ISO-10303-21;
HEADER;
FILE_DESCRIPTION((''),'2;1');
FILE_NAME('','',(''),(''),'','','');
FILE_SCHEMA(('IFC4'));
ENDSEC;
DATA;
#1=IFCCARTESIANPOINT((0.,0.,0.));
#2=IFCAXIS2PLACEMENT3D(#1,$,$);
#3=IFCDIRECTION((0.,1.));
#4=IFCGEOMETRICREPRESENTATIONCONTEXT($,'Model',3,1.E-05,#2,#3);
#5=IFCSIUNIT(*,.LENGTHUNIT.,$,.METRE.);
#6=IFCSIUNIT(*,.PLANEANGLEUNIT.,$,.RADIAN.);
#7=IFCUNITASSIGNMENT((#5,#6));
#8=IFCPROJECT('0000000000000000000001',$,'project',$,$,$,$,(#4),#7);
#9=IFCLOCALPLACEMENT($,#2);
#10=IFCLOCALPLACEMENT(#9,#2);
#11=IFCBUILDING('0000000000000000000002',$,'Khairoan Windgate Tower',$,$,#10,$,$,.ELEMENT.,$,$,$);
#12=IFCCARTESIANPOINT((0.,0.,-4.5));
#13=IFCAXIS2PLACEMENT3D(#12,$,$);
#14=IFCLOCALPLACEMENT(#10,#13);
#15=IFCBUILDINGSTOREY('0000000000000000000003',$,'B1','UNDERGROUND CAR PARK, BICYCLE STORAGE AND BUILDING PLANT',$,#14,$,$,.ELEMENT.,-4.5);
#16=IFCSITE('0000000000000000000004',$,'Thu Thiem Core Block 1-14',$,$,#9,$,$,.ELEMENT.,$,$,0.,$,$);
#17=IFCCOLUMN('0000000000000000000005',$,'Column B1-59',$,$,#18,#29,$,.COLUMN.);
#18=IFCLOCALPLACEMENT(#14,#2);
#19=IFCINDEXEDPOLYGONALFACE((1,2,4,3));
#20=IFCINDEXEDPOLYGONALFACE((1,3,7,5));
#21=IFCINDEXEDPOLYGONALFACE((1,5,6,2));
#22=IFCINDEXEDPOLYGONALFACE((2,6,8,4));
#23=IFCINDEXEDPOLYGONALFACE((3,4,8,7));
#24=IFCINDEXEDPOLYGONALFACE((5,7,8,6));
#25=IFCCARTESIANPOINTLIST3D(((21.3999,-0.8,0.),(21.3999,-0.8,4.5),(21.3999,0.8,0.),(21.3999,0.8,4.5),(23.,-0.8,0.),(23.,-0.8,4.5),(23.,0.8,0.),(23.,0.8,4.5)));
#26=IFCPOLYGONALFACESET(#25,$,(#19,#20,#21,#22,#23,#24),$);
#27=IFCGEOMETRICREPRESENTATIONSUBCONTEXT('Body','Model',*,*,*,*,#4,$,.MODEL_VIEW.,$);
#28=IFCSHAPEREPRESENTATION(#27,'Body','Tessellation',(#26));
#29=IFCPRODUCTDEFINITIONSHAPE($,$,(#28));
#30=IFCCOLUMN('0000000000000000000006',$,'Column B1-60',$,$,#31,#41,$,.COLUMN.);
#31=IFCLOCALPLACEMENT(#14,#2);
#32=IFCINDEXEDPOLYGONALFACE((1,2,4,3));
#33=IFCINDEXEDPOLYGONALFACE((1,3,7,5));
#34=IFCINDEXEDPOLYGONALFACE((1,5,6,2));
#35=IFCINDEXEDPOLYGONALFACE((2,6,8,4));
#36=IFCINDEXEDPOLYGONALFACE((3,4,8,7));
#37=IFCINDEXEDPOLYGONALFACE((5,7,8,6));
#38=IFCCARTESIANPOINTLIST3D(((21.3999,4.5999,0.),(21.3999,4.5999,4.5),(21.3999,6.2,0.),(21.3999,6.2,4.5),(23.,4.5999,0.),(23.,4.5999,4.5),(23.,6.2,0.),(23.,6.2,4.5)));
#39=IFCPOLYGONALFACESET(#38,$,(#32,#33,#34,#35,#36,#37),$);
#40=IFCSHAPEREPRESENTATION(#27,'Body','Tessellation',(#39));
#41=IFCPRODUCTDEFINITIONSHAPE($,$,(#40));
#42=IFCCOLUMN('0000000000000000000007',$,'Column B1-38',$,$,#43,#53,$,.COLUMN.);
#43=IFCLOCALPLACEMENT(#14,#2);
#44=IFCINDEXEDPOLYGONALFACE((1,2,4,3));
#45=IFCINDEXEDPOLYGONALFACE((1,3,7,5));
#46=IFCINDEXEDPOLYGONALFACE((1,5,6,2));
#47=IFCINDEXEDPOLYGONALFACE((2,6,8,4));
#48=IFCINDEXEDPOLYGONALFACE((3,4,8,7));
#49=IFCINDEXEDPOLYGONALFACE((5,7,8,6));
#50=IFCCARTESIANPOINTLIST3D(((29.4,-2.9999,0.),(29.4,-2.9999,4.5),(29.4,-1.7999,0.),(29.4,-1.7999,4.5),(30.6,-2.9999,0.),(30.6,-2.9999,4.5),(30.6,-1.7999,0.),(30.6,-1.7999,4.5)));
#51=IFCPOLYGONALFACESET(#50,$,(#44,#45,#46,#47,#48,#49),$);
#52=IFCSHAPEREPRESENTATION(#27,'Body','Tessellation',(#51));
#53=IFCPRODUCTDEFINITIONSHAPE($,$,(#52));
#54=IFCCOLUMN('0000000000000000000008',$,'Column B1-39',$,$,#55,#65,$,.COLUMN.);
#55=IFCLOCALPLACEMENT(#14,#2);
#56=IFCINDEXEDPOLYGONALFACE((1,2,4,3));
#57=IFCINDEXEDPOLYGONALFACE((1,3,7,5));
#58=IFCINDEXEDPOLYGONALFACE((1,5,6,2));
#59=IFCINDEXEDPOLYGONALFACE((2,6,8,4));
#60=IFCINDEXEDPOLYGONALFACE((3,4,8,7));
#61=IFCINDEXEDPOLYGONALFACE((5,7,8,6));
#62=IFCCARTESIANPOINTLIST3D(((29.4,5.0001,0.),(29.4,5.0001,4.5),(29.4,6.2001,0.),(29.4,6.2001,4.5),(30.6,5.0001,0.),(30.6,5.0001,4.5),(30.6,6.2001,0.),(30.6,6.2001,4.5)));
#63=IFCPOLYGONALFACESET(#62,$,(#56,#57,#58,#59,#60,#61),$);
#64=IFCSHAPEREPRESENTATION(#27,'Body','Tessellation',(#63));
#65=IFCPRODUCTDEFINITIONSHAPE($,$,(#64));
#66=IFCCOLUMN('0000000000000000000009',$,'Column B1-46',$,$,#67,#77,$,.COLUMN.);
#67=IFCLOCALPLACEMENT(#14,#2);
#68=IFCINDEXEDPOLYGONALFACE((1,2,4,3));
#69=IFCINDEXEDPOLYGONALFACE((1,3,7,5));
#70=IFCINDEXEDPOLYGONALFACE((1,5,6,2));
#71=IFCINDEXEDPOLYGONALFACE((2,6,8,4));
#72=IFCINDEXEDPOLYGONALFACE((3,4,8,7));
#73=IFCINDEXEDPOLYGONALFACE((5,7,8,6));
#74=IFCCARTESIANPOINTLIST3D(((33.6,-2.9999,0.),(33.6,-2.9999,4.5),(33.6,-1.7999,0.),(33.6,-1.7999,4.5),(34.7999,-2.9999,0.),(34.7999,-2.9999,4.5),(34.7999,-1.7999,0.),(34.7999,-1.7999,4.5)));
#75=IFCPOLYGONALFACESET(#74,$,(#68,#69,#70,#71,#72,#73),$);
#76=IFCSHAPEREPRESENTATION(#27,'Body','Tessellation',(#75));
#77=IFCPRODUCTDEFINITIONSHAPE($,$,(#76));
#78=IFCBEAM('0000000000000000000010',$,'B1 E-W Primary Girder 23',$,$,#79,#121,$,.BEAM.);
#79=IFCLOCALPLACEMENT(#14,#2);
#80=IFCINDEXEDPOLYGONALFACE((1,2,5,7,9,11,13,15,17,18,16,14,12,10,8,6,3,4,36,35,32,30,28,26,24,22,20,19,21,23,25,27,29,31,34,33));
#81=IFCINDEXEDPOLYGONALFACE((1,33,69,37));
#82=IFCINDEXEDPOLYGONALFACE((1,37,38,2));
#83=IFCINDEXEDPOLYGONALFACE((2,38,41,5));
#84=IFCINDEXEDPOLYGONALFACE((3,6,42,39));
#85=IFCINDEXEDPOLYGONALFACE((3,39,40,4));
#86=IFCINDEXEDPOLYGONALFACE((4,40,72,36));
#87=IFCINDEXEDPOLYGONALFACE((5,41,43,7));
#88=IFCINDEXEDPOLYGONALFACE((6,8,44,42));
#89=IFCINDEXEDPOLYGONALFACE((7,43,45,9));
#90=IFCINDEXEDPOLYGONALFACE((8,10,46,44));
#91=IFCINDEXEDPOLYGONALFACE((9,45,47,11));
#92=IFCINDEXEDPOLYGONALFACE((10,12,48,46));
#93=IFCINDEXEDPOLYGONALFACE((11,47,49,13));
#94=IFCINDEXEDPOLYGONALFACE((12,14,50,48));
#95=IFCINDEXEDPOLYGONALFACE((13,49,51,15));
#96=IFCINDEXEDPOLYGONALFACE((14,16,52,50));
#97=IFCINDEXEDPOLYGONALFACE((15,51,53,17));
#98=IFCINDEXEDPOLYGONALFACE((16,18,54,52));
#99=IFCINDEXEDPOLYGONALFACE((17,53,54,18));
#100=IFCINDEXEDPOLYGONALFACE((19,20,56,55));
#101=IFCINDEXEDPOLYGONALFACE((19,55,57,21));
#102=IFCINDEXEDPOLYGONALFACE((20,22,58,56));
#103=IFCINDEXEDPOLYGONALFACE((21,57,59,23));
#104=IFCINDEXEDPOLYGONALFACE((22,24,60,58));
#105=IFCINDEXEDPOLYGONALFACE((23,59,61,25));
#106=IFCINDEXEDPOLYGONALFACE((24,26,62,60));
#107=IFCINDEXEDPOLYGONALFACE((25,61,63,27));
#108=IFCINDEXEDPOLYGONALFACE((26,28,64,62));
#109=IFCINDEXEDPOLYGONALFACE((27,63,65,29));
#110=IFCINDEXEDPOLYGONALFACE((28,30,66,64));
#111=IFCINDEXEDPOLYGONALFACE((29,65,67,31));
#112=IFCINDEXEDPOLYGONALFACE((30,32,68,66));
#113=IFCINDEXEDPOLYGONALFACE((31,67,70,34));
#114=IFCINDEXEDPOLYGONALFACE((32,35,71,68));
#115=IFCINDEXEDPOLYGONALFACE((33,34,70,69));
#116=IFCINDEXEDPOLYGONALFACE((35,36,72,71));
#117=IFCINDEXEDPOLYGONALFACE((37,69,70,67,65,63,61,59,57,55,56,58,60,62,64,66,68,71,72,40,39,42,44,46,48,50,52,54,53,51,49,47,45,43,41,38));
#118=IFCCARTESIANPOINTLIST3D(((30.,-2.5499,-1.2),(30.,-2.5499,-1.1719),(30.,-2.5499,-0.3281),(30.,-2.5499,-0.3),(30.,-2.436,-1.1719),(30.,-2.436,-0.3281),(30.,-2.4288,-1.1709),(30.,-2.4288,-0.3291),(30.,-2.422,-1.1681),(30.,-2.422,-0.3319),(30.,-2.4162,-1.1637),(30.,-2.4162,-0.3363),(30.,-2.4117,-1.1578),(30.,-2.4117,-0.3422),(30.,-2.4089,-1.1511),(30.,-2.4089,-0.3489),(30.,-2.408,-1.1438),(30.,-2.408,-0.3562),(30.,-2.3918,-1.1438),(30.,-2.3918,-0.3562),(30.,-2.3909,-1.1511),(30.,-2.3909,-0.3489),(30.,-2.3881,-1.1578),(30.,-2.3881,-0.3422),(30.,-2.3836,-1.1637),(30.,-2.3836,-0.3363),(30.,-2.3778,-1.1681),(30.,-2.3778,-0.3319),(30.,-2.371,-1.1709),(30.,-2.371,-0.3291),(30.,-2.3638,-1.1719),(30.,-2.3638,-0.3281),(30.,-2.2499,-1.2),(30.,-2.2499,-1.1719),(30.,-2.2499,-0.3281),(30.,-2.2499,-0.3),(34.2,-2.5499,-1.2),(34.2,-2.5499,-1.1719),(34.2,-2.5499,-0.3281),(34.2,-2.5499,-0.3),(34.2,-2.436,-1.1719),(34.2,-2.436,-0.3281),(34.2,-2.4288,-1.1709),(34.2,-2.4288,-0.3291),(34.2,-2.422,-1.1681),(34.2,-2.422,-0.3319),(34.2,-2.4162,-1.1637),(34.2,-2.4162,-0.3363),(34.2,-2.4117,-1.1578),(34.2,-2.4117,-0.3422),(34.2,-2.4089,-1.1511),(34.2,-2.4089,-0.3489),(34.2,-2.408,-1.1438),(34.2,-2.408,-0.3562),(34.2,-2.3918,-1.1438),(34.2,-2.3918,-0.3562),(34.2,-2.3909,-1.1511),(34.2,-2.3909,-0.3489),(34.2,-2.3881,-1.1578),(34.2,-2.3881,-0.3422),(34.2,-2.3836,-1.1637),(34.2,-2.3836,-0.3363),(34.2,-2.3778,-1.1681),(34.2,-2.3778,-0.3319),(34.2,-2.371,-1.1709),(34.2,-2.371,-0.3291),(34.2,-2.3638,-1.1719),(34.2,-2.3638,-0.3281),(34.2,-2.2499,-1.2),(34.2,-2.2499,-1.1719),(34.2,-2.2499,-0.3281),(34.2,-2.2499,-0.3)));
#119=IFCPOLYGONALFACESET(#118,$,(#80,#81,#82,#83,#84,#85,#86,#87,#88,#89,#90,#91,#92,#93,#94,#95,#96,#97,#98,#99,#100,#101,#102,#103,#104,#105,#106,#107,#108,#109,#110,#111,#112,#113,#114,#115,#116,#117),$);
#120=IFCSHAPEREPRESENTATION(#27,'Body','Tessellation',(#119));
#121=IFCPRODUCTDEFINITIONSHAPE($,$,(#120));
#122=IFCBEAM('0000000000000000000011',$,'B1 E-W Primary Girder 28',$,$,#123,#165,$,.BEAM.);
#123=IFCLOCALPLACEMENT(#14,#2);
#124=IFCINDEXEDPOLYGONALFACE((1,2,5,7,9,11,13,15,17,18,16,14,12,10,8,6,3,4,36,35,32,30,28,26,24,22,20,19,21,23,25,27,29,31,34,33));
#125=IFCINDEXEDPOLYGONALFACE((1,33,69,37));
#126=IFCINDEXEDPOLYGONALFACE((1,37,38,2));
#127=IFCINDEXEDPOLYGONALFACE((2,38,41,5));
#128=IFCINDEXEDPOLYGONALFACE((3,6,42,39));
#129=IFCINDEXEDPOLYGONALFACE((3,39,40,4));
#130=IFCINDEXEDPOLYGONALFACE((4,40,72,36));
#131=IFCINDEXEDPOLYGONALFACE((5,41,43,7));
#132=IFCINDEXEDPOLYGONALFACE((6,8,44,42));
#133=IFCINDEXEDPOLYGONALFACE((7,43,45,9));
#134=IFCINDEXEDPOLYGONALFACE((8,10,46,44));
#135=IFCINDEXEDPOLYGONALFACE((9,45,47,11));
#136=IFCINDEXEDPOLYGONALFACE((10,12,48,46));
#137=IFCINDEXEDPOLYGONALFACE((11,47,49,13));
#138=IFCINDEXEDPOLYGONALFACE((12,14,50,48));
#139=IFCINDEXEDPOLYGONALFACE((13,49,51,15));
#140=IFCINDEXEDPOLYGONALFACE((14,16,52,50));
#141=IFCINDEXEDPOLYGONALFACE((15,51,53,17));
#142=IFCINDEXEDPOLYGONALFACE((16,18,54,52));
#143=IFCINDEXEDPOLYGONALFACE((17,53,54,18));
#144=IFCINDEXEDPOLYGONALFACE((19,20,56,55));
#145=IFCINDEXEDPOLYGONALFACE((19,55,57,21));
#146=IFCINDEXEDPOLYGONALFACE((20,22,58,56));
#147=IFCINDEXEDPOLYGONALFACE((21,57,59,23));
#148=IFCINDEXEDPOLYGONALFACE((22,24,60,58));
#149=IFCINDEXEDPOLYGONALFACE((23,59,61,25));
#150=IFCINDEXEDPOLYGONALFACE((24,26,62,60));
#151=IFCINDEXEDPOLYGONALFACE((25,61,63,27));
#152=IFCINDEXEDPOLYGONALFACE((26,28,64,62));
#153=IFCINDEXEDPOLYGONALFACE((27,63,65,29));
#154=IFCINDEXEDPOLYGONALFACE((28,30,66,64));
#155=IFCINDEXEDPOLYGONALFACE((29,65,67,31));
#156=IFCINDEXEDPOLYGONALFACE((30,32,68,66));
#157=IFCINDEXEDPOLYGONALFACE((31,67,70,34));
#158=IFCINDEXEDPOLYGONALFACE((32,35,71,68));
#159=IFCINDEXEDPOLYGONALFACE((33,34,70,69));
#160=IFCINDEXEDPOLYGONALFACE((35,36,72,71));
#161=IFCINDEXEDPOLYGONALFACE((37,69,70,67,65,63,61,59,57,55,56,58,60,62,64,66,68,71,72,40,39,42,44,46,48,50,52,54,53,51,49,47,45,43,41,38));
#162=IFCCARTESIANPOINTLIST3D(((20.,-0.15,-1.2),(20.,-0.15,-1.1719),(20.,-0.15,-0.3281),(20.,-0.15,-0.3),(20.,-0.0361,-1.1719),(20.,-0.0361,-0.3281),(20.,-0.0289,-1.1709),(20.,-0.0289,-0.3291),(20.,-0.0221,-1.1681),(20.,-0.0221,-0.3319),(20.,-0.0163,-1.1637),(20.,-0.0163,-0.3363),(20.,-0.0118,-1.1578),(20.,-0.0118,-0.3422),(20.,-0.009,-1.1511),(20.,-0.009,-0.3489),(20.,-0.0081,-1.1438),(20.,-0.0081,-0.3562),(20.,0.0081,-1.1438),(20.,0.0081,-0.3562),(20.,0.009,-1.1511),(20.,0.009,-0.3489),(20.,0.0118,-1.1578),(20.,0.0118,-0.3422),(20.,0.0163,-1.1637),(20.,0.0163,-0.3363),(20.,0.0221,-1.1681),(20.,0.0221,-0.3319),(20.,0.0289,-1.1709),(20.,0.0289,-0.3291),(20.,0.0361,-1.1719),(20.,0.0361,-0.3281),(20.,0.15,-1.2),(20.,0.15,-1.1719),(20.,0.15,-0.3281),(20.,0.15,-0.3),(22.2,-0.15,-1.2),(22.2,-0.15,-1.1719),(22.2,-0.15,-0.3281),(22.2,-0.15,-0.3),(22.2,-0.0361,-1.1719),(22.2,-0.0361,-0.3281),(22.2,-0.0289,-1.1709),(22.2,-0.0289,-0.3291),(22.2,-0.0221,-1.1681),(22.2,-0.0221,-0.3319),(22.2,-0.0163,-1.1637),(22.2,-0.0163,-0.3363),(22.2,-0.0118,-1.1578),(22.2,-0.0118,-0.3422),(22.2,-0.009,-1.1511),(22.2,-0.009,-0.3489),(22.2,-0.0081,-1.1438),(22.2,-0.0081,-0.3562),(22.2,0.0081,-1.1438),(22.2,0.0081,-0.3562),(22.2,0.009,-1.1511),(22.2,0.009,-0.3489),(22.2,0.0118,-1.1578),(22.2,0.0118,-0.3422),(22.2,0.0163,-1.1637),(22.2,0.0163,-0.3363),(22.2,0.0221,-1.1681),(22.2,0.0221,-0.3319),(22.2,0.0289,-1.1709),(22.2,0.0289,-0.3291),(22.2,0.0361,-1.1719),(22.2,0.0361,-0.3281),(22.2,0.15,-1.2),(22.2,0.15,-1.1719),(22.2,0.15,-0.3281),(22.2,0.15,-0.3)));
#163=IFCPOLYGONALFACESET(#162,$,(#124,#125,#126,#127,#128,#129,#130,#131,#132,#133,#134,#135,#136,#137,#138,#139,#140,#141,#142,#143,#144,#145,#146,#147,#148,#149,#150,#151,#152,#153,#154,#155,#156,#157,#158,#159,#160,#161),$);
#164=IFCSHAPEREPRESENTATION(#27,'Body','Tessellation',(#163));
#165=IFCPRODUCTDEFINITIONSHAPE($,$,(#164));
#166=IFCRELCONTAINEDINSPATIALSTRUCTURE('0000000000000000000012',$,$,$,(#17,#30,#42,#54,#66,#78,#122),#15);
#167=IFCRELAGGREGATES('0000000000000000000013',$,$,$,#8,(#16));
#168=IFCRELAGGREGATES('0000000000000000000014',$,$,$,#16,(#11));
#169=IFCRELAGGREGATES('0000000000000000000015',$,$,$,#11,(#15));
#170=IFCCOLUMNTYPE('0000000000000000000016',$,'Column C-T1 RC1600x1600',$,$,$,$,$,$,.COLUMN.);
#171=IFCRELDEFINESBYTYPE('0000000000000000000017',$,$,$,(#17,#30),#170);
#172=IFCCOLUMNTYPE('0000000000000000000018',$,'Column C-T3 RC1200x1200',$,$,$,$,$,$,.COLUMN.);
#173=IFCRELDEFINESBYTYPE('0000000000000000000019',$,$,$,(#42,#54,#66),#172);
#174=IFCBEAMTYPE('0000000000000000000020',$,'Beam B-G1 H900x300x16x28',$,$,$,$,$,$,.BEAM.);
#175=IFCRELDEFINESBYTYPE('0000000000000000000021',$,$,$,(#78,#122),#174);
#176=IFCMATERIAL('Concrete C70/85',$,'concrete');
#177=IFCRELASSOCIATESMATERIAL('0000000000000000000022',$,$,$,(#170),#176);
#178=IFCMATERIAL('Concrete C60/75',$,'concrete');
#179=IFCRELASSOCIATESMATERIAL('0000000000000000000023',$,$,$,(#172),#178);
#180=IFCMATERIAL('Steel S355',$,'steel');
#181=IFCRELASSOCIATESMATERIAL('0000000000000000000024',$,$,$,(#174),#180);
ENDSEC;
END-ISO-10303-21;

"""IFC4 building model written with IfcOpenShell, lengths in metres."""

from ifc_helpers import new_model, si_unit, direction, frame, origin, origin_2d, place, context, subcontext, project, spatial, rectangle, i_section, extrude, material, material_profile, profile_set, type_object, element, save


model = new_model("IFC4")

# Units and contexts
model_context = context("Model", 3, precision=1e-05, world=origin(), true_north=direction((0.0, 1.0)))
body_context = subcontext(model_context, "Body", "Model", "MODEL_VIEW")
ifc_project = project(units=[si_unit("LENGTHUNIT", "METRE"), si_unit("PLANEANGLEUNIT", "RADIAN")], contexts=[model_context])

# Site, building, storey
site_placement = place(None, origin())
site = spatial("IfcSite", under=ifc_project, at=site_placement, Name="Thu Thiem Core Block 1-14", CompositionType="ELEMENT", RefElevation=0.0)
building_placement = place(site_placement, origin())
building = spatial("IfcBuilding", under=site, at=building_placement, Name="Khairoan Windgate Tower", CompositionType="ELEMENT")
storey_placement = place(building_placement, frame((0.0, 0.0, -4.5)))
storey = spatial("IfcBuildingStorey", under=building, at=storey_placement, Name="B1", Description="UNDERGROUND CAR PARK, BICYCLE STORAGE AND BUILDING PLANT", CompositionType="ELEMENT", Elevation=-4.5)

# Columns
ifc_material_1 = material(Name="Concrete C70/85", Category="concrete")
ifc_material_profile_1 = material_profile(ifc_material_1, rectangle(XDim=1.6001, YDim=1.6001, at=origin_2d()))
ifc_profile_set_1 = profile_set([ifc_material_profile_1], Name="Concrete C70/85")
column_type_1 = type_object("IfcColumnType", Name="Column C-T1 RC1600x1600", PredefinedType="COLUMN", material=ifc_profile_set_1)
for number, where, z_axis, x_axis, name in (
    (1, (22.2, 0.0, 0.0), (0.0, 0.0, 1.0), (1.0, 0.0, 0.0), "Column B1-59"),
    (2, (22.2, 5.3999, 0.0), (0.0, 0.0, 1.0), (1.0, 0.0, 0.0), "Column B1-60"),
):
    element("IfcColumn", number, at=place(storey_placement, frame(where, z_axis=z_axis, x_axis=x_axis)), inside=storey, type_object=column_type_1, Name=name, PredefinedType="COLUMN", context=body_context, shape_type="SweptSolid", body=[
        extrude(rectangle(XDim=1.6001, YDim=1.6001, at=origin_2d()), origin(), (0.0, 0.0, 1.0), 4.5),
    ])
ifc_material_2 = material(Name="Concrete C60/75", Category="concrete")
ifc_material_profile_2 = material_profile(ifc_material_2, rectangle(XDim=1.2, YDim=1.2, at=origin_2d()))
ifc_profile_set_2 = profile_set([ifc_material_profile_2], Name="Concrete C60/75")
column_type_2 = type_object("IfcColumnType", Name="Column C-T3 RC1200x1200", PredefinedType="COLUMN", material=ifc_profile_set_2)
for number, where, z_axis, x_axis, name in (
    (3, (30.0, -2.3999, 0.0), (0.0, 0.0, 1.0), (1.0, 0.0, 0.0), "Column B1-38"),
    (4, (30.0, 5.6001, 0.0), (0.0, 0.0, 1.0), (1.0, 0.0, 0.0), "Column B1-39"),
    (5, (34.2, -2.3999, 0.0), (0.0, 0.0, 1.0), (1.0, 0.0, 0.0), "Column B1-46"),
):
    element("IfcColumn", number, at=place(storey_placement, frame(where, z_axis=z_axis, x_axis=x_axis)), inside=storey, type_object=column_type_2, Name=name, PredefinedType="COLUMN", context=body_context, shape_type="SweptSolid", body=[
        extrude(rectangle(XDim=1.2, YDim=1.2, at=origin_2d()), origin(), (0.0, 0.0, 1.0), 4.5),
    ])

# Beams
ifc_material_3 = material(Name="Steel S355", Category="steel")
ifc_material_profile_3 = material_profile(ifc_material_3, i_section(OverallWidth=0.3, OverallDepth=0.8999, WebThickness=0.0161, FlangeThickness=0.0281, FilletRadius=0.0281, at=origin_2d()))
ifc_profile_set_3 = profile_set([ifc_material_profile_3], Name="Steel S355")
beam_type_1 = type_object("IfcBeamType", Name="Beam B-G1 H900x300x16x28", PredefinedType="BEAM", material=ifc_profile_set_3)
beam_1_placement = place(storey_placement, frame((30.0, -2.3999, -0.75), z_axis=(1.0, 0.0, 0.0), x_axis=(0.0, 1.0, 0.0)))
element("IfcBeam", 6, at=beam_1_placement, inside=storey, type_object=beam_type_1, Name="B1 E-W Primary Girder 23", PredefinedType="BEAM", context=body_context, shape_type="SweptSolid", body=[
    extrude(i_section(OverallWidth=0.3, OverallDepth=0.8999, WebThickness=0.0161, FlangeThickness=0.0281, FilletRadius=0.0281, at=origin_2d()), origin(), (0.0, 0.0, 1.0), 4.2),
])
for number, where, z_axis, x_axis, name in (
    (7, (20.0, 0.0, -0.75), (1.0, 0.0, 0.0), (0.0, 1.0, 0.0), "B1 E-W Primary Girder 28"),
):
    element("IfcBeam", number, at=place(storey_placement, frame(where, z_axis=z_axis, x_axis=x_axis)), inside=storey, type_object=beam_type_1, Name=name, PredefinedType="BEAM", context=body_context, shape_type="SweptSolid", body=[
        extrude(i_section(OverallWidth=0.3, OverallDepth=0.8999, WebThickness=0.0161, FlangeThickness=0.0281, FilletRadius=0.0281, at=origin_2d()), origin(), (0.0, 0.0, 1.0), 2.2),
    ])

save(model, "model.ifc")
